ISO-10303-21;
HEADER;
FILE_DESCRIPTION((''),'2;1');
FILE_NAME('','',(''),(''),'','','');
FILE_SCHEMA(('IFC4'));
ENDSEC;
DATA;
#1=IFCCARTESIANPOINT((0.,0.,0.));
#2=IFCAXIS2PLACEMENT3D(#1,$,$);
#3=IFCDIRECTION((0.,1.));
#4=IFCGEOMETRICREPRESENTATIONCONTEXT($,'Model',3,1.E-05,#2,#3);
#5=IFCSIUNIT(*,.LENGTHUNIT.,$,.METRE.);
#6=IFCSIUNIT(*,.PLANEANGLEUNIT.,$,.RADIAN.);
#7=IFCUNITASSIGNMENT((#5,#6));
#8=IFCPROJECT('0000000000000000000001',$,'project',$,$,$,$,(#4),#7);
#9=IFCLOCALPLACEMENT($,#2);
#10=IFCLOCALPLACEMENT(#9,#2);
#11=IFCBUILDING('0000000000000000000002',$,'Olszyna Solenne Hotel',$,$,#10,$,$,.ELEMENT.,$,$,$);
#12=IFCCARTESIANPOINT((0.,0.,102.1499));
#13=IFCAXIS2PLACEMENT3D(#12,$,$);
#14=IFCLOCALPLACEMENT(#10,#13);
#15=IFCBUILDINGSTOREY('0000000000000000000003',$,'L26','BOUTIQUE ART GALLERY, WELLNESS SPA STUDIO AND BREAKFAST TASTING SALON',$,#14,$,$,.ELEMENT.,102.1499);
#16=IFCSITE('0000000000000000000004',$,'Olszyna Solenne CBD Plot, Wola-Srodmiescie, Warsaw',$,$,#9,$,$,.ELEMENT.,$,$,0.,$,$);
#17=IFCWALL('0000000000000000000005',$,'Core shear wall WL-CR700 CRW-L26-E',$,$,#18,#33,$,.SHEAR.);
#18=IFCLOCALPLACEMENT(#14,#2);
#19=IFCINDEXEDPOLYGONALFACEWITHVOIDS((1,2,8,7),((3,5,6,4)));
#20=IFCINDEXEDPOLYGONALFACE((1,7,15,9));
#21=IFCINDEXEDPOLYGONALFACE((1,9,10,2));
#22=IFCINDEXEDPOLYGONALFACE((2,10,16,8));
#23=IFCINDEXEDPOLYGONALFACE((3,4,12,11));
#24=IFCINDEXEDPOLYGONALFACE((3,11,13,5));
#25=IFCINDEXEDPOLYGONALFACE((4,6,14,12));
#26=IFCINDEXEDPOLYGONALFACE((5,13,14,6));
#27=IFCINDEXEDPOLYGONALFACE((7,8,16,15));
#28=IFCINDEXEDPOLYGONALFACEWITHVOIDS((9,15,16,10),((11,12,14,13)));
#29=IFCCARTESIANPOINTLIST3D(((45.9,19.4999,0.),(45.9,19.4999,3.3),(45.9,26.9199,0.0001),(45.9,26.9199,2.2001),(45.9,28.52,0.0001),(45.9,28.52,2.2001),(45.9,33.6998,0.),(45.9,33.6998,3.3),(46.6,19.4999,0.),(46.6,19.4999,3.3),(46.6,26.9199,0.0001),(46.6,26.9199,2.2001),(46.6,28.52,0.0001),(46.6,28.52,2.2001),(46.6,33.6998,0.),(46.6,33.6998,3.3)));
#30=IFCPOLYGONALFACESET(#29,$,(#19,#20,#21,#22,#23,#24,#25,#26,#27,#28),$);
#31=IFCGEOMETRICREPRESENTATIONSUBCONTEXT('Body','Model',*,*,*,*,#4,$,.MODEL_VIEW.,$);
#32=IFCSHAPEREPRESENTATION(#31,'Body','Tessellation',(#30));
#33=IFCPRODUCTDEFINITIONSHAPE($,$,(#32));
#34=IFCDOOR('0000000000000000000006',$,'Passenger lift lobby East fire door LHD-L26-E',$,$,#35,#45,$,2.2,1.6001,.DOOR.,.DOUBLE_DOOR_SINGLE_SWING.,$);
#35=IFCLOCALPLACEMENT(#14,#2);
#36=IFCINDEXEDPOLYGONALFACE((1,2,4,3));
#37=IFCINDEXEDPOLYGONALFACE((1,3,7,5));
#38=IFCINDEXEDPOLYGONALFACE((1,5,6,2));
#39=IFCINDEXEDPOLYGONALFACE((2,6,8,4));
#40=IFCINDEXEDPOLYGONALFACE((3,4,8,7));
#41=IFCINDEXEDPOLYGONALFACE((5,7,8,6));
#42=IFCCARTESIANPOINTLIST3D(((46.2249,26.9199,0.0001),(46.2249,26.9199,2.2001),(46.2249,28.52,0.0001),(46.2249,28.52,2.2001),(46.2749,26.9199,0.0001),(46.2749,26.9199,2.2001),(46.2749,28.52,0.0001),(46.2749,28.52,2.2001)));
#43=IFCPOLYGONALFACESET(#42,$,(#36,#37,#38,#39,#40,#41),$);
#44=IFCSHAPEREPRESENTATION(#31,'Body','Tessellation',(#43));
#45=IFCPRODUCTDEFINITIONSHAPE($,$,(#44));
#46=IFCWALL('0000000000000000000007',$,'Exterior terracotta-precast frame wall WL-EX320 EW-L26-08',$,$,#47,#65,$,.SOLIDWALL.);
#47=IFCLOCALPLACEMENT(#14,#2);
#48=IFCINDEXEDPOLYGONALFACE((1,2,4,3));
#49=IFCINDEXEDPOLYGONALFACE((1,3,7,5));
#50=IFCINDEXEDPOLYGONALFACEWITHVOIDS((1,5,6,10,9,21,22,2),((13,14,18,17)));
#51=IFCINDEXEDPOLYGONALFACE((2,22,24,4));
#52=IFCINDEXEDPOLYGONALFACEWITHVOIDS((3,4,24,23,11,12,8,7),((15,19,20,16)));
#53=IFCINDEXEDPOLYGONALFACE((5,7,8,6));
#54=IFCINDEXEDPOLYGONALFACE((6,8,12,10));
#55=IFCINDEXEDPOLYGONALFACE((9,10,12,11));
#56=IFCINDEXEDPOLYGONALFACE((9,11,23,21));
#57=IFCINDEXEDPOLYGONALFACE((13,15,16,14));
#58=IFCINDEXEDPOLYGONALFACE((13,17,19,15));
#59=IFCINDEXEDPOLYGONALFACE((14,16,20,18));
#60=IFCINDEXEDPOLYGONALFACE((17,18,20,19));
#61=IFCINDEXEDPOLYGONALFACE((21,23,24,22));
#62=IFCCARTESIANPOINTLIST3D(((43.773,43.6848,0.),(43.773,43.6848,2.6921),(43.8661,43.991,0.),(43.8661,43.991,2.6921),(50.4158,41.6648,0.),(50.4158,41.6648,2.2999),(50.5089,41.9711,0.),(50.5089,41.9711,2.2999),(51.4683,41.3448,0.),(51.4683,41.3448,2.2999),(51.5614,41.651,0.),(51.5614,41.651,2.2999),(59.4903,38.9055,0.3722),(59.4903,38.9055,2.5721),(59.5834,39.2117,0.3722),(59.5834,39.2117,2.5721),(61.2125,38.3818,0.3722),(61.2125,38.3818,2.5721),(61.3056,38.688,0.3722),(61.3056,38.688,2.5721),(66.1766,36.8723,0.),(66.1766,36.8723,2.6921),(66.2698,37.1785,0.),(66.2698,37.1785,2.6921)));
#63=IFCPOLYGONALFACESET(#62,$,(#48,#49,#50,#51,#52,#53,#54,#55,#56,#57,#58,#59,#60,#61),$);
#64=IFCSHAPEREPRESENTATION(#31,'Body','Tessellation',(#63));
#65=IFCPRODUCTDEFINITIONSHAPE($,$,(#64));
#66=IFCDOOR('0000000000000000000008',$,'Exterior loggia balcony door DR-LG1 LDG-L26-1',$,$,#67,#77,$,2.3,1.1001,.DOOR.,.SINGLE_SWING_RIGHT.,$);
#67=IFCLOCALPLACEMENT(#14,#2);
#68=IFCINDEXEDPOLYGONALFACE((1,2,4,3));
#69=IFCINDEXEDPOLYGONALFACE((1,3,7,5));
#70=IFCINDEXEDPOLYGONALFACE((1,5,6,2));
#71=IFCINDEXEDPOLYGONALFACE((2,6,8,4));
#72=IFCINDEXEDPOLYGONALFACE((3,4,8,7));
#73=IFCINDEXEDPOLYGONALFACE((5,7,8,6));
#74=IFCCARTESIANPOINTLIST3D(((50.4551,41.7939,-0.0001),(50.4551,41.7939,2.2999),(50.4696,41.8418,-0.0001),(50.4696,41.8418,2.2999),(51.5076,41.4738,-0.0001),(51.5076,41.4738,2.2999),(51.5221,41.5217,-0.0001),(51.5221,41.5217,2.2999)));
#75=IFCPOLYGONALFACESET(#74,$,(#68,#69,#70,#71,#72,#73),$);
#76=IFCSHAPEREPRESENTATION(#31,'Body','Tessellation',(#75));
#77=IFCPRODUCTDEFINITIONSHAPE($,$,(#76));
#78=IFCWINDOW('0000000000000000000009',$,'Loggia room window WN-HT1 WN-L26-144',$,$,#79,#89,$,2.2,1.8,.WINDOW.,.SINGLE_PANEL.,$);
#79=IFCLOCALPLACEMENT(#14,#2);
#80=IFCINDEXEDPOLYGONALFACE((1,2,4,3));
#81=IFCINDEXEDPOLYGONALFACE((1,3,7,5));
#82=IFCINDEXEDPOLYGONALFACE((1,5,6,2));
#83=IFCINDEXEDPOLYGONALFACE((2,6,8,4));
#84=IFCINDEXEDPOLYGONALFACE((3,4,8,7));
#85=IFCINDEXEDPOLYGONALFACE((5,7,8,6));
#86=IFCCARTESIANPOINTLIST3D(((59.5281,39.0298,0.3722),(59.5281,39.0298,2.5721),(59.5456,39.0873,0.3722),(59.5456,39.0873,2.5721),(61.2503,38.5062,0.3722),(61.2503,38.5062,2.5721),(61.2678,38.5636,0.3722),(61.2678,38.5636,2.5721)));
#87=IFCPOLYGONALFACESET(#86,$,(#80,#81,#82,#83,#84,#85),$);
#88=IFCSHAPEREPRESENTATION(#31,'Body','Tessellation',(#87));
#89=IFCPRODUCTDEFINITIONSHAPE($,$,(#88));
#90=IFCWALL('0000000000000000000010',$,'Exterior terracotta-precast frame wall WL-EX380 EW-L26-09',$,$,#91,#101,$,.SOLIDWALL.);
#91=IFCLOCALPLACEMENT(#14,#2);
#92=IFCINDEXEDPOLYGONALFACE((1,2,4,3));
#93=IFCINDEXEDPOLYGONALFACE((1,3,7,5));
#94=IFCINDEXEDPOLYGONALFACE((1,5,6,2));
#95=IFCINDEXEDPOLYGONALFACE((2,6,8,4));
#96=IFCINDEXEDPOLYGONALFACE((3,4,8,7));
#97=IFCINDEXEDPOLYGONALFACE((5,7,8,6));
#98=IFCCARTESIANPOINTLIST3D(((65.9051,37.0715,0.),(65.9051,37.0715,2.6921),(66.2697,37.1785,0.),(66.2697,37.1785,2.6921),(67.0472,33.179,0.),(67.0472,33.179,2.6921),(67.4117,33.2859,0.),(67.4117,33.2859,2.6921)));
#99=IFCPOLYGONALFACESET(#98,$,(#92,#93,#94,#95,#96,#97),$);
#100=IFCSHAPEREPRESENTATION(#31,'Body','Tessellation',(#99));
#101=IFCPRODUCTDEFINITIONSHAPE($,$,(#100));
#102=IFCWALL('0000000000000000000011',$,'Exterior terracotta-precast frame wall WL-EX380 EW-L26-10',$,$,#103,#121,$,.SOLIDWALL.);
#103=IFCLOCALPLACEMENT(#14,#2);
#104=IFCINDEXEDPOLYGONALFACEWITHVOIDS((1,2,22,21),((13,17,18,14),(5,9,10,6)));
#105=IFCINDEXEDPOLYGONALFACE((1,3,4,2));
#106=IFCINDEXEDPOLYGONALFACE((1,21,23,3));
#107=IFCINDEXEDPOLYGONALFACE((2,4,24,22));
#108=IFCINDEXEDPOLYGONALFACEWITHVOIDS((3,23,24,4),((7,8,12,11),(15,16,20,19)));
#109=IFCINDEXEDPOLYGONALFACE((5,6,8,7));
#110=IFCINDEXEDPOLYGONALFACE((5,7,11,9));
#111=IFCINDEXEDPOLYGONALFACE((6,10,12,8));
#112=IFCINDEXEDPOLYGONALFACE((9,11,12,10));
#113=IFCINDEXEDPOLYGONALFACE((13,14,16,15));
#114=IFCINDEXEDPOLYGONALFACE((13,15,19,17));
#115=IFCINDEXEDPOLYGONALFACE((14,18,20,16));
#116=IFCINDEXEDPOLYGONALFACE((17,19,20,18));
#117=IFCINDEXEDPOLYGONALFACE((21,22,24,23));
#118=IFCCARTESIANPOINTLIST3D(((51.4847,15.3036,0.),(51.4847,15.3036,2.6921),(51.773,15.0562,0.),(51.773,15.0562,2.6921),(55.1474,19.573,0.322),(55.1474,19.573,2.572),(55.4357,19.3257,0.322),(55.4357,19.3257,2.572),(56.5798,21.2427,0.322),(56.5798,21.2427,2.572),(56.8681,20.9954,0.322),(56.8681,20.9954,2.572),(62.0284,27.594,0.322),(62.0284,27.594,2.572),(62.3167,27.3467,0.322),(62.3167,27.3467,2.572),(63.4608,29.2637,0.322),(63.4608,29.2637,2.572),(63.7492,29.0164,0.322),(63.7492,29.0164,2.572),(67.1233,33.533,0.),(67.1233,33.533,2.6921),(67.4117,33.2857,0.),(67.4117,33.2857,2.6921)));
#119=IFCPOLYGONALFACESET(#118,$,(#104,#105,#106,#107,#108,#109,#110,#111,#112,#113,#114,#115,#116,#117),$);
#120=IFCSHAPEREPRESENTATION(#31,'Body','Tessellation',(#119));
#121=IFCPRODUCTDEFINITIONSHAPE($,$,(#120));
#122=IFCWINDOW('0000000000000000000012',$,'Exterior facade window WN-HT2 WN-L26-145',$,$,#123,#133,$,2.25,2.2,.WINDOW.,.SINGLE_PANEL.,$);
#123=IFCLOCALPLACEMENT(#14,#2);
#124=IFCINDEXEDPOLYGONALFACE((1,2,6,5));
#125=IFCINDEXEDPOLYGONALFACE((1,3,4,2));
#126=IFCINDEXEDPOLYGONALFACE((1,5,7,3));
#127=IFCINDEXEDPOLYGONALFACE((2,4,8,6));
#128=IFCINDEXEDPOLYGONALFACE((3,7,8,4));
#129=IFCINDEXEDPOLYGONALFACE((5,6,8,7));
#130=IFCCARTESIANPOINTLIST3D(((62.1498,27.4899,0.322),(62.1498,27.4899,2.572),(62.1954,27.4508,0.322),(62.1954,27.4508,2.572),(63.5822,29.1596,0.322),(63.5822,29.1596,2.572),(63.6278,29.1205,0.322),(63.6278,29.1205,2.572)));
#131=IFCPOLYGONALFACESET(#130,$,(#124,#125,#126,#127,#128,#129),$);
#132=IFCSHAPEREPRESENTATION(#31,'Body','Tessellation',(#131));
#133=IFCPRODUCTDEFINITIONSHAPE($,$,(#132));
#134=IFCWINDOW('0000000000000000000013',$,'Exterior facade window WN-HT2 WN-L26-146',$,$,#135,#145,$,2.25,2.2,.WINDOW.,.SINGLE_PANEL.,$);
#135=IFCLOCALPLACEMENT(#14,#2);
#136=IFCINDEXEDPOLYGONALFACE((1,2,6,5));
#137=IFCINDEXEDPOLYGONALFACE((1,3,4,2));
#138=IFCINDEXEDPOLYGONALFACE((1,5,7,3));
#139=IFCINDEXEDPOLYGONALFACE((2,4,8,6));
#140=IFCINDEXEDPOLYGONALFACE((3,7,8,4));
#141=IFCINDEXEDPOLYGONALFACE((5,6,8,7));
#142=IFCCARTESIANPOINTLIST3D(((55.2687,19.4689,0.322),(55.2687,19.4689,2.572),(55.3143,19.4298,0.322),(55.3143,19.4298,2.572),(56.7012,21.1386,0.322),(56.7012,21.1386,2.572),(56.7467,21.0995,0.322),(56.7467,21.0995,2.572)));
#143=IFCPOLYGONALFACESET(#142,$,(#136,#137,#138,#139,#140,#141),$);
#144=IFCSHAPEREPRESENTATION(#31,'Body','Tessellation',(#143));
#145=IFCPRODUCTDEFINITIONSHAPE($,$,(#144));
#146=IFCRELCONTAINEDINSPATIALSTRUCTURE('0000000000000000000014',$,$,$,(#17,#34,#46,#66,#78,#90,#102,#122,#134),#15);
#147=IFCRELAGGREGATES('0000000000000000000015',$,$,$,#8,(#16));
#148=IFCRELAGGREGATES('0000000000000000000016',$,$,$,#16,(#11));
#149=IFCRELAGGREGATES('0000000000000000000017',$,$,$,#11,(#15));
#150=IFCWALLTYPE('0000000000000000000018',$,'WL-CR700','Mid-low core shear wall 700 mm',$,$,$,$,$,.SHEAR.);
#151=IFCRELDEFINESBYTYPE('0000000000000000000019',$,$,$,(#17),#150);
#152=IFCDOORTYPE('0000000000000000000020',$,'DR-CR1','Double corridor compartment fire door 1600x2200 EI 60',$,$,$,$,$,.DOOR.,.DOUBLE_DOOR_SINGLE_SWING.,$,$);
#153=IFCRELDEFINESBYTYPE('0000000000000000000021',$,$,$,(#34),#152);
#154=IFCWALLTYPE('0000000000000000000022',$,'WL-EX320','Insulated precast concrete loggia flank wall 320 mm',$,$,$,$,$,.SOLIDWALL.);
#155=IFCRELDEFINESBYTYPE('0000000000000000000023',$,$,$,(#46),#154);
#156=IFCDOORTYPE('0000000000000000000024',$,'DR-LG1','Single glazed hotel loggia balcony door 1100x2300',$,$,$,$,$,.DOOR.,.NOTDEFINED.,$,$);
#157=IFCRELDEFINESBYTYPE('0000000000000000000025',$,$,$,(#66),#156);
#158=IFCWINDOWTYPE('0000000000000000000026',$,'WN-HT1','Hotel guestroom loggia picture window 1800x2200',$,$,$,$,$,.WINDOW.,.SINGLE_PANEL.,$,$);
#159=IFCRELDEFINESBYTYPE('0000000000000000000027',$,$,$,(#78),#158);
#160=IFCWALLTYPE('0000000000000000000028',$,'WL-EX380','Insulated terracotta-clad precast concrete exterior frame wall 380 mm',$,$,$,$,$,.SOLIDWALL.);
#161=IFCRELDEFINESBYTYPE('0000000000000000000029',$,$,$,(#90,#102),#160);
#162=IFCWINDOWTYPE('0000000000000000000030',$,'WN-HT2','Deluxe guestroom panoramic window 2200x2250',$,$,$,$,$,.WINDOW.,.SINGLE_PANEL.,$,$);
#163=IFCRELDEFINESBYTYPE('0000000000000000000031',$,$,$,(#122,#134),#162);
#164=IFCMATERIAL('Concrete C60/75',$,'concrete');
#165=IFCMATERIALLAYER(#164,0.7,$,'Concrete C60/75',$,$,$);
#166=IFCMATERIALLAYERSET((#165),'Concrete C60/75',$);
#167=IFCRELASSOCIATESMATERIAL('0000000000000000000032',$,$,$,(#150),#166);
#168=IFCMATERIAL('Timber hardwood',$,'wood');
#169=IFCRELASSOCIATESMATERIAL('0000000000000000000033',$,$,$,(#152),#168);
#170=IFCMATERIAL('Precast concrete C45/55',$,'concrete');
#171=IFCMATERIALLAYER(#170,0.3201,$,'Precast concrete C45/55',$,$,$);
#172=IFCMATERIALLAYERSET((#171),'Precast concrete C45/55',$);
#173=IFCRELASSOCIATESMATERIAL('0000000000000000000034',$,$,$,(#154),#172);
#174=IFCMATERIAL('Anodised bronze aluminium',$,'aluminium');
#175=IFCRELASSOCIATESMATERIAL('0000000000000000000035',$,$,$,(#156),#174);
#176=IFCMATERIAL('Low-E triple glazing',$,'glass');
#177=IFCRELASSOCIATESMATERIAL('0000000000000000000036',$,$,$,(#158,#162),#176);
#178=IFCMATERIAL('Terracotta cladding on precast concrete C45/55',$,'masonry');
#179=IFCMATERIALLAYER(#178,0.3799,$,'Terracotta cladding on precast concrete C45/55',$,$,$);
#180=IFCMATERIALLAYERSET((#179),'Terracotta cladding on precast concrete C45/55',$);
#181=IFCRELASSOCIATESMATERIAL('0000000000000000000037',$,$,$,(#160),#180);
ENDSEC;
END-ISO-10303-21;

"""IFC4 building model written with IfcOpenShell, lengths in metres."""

from ifc_helpers import new_model, si_unit, direction, frame, frame_2d, origin, place, context, subcontext, project, spatial, rectangle, extrude, source, transform, mapped, material, layer, layer_set, type_object, type_shapes, element, fill, save


model = new_model("IFC4")

# Units and contexts
model_context = context("Model", 3, precision=1e-05, world=origin(), true_north=direction((0.0, 1.0)))
body_context = subcontext(model_context, "Body", "Model", "MODEL_VIEW")
ifc_project = project(units=[si_unit("LENGTHUNIT", "METRE"), si_unit("PLANEANGLEUNIT", "RADIAN")], contexts=[model_context])

# Site, building, storey
site_placement = place(None, origin())
site = spatial("IfcSite", under=ifc_project, at=site_placement, Name="Olszyna Solenne CBD Plot, Wola-Srodmiescie, Warsaw", CompositionType="ELEMENT", RefElevation=0.0)
building_placement = place(site_placement, origin())
building = spatial("IfcBuilding", under=site, at=building_placement, Name="Olszyna Solenne Hotel", CompositionType="ELEMENT")
storey_placement = place(building_placement, frame((0.0, 0.0, 102.1499)))
storey = spatial("IfcBuildingStorey", under=building, at=storey_placement, Name="L26", Description="BOUTIQUE ART GALLERY, WELLNESS SPA STUDIO AND BREAKFAST TASTING SALON", CompositionType="ELEMENT", Elevation=102.1499)

# Wall, opening, door
ifc_material_1 = material(Name="Concrete C60/75", Category="concrete")
ifc_layer_1 = layer(ifc_material_1, 0.7, Name="Concrete C60/75")
ifc_layer_set_1 = layer_set([ifc_layer_1], Name="Concrete C60/75")
wall_type_1 = type_object("IfcWallType", Name="WL-CR700", Description="Mid-low core shear wall 700 mm", PredefinedType="SHEAR", material=ifc_layer_set_1)
wall_1_placement = place(storey_placement, frame((46.25, 33.7, 0.0), z_axis=(0.0, 0.0, 1.0), x_axis=(0.0, -1.0, 0.0)))
wall_1 = element("IfcWall", 1, at=wall_1_placement, inside=storey, type_object=wall_type_1, Name="Core shear wall WL-CR700 CRW-L26-E", PredefinedType="SHEAR", context=body_context, shape_type="SweptSolid", body=[
    extrude(rectangle(XDim=14.2, YDim=0.7, at=frame_2d((7.1001, 0.0))), origin(), (0.0, 0.0, 1.0), 3.3),
])
opening_1_placement = place(wall_1_placement, frame((5.1799, 0.0, 0.0)))
opening_1 = element("IfcOpeningElement", 2, at=opening_1_placement, cuts=wall_1, PredefinedType="OPENING", context=body_context, shape_type="SweptSolid", body=[
    extrude(rectangle(XDim=1.6001, YDim=2.2, at=frame_2d((0.8, 1.1001))), frame((0.0, 0.3599, 0.0), z_axis=(0.0, -1.0, 0.0), x_axis=(1.0, 0.0, 0.0)), (0.0, 0.0, 1.0), 0.72),
])
ifc_material_2 = material(Name="Timber hardwood", Category="wood")
door_type_1 = type_object("IfcDoorType", Name="DR-CR1", Description="Double corridor compartment fire door 1600x2200 EI 60", OperationType="DOUBLE_DOOR_SINGLE_SWING", PredefinedType="DOOR", material=ifc_material_2)
shared_shape_1 = source(origin(), body_context, "Body", "SweptSolid", [
    extrude(rectangle(XDim=1.6001, YDim=2.2, at=frame_2d((0.8, 1.1001))), frame((0.0, 0.0249, 0.0), z_axis=(0.0, -1.0, 0.0), x_axis=(1.0, 0.0, 0.0)), (0.0, 0.0, 1.0), 0.05),
])
type_shapes(door_type_1, [shared_shape_1])
door_1_placement = place(opening_1_placement, origin())
door_1 = element("IfcDoor", 3, at=door_1_placement, inside=storey, type_object=door_type_1, Name="Passenger lift lobby East fire door LHD-L26-E", OperationType="DOUBLE_DOOR_SINGLE_SWING", OverallHeight=2.2, OverallWidth=1.6001, PredefinedType="DOOR", context=body_context, shape_type="MappedRepresentation", body=[
    mapped(shared_shape_1, transform((0.0, 0.0, 0.0), x_axis=(1.0, 0.0, 0.0), y_axis=(0.0, 1.0, 0.0), z_axis=(0.0, 0.0, 1.0), scale=1.0)),
])
fill(opening_1, door_1)

# Wall, openings, door, window
ifc_material_3 = material(Name="Precast concrete C45/55", Category="concrete")
ifc_layer_2 = layer(ifc_material_3, 0.3201, Name="Precast concrete C45/55")
ifc_layer_set_2 = layer_set([ifc_layer_2], Name="Precast concrete C45/55")
wall_type_2 = type_object("IfcWallType", Name="WL-EX320", Description="Insulated precast concrete loggia flank wall 320 mm", PredefinedType="SOLIDWALL", material=ifc_layer_set_2)
wall_2_placement = place(storey_placement, frame((43.8196, 43.8379, 0.0), z_axis=(0.0, 0.0, 1.0), x_axis=(0.956745, -0.290928, 0.0)))
wall_2 = element("IfcWall", 4, at=wall_2_placement, inside=storey, type_object=wall_type_2, Name="Exterior terracotta-precast frame wall WL-EX320 EW-L26-08", PredefinedType="SOLIDWALL", context=body_context, shape_type="SweptSolid", body=[
    extrude(rectangle(XDim=23.4165, YDim=0.3201, at=frame_2d((11.7083, 0.0))), origin(), (0.0, 0.0, 1.0), 2.6921),
])
opening_2_placement = place(wall_2_placement, frame((6.9431, 0.0, 0.0)))
opening_2 = element("IfcOpeningElement", 5, at=opening_2_placement, cuts=wall_2, PredefinedType="OPENING", context=body_context, shape_type="SweptSolid", body=[
    extrude(rectangle(XDim=1.1001, YDim=2.3, at=frame_2d((0.55, 1.1499))), frame((0.0, 0.1699, 0.0), z_axis=(0.0, -1.0, 0.0), x_axis=(1.0, 0.0, 0.0)), (0.0, 0.0, 1.0), 0.3401),
])
opening_3_placement = place(wall_2_placement, frame((16.428, 0.0, 0.3721)))
opening_3 = element("IfcOpeningElement", 6, at=opening_3_placement, cuts=wall_2, PredefinedType="OPENING", context=body_context, shape_type="SweptSolid", body=[
    extrude(rectangle(XDim=1.8, YDim=2.2, at=frame_2d((0.8999, 1.1001))), frame((0.0, 0.1699, 0.0), z_axis=(0.0, -1.0, 0.0), x_axis=(1.0, 0.0, 0.0)), (0.0, 0.0, 1.0), 0.3401),
])
ifc_material_4 = material(Name="Anodised bronze aluminium", Category="aluminium")
door_type_2 = type_object("IfcDoorType", Name="DR-LG1", Description="Single glazed hotel loggia balcony door 1100x2300", OperationType="NOTDEFINED", PredefinedType="DOOR", material=ifc_material_4)
shared_shape_2 = source(origin(), body_context, "Body", "SweptSolid", [
    extrude(rectangle(XDim=1.1001, YDim=2.3, at=frame_2d((0.55, 1.1499))), frame((0.0, 0.0249, 0.0), z_axis=(0.0, -1.0, 0.0), x_axis=(1.0, 0.0, 0.0)), (0.0, 0.0, 1.0), 0.05),
])
type_shapes(door_type_2, [shared_shape_2])
door_2_placement = place(opening_2_placement, origin())
door_2 = element("IfcDoor", 7, at=door_2_placement, inside=storey, type_object=door_type_2, Name="Exterior loggia balcony door DR-LG1 LDG-L26-1", OperationType="SINGLE_SWING_RIGHT", OverallHeight=2.3, OverallWidth=1.1001, PredefinedType="DOOR", context=body_context, shape_type="MappedRepresentation", body=[
    mapped(shared_shape_2, transform((0.0, 0.0, 0.0), x_axis=(1.0, 0.0, 0.0), y_axis=(0.0, 1.0, 0.0), z_axis=(0.0, 0.0, 1.0), scale=1.0)),
])
fill(opening_2, door_2)
ifc_material_5 = material(Name="Low-E triple glazing", Category="glass")
window_type_1 = type_object("IfcWindowType", Name="WN-HT1", Description="Hotel guestroom loggia picture window 1800x2200", PartitioningType="SINGLE_PANEL", PredefinedType="WINDOW", material=ifc_material_5)
shared_shape_3 = source(origin(), body_context, "Body", "SweptSolid", [
    extrude(rectangle(XDim=1.8, YDim=2.2, at=frame_2d((0.8999, 1.1001))), frame((0.0, 0.03, 0.0), z_axis=(0.0, -1.0, 0.0), x_axis=(1.0, 0.0, 0.0)), (0.0, 0.0, 1.0), 0.0601),
])
type_shapes(window_type_1, [shared_shape_3])
window_1_placement = place(opening_3_placement, origin())
window_1 = element("IfcWindow", 8, at=window_1_placement, inside=storey, type_object=window_type_1, Name="Loggia room window WN-HT1 WN-L26-144", OverallHeight=2.2, OverallWidth=1.8, PartitioningType="SINGLE_PANEL", PredefinedType="WINDOW", context=body_context, shape_type="MappedRepresentation", body=[
    mapped(shared_shape_3, transform((0.0, 0.0, 0.0), x_axis=(1.0, 0.0, 0.0), y_axis=(0.0, 1.0, 0.0), z_axis=(0.0, 0.0, 1.0), scale=1.0)),
])
fill(opening_3, window_1)

# Wall
ifc_material_6 = material(Name="Terracotta cladding on precast concrete C45/55", Category="masonry")
ifc_layer_3 = layer(ifc_material_6, 0.3799, Name="Terracotta cladding on precast concrete C45/55")
ifc_layer_set_3 = layer_set([ifc_layer_3], Name="Terracotta cladding on precast concrete C45/55")
wall_type_3 = type_object("IfcWallType", Name="WL-EX380", Description="Insulated terracotta-clad precast concrete exterior frame wall 380 mm", PredefinedType="SOLIDWALL", material=ifc_layer_set_3)
wall_3_placement = place(storey_placement, frame((66.0874, 37.125, 0.0), z_axis=(0.0, 0.0, 1.0), x_axis=(0.281534, -0.959551, 0.0)))
element("IfcWall", 9, at=wall_3_placement, inside=storey, type_object=wall_type_3, Name="Exterior terracotta-precast frame wall WL-EX380 EW-L26-09", PredefinedType="SOLIDWALL", context=body_context, shape_type="SweptSolid", body=[
    extrude(rectangle(XDim=4.0566, YDim=0.3799, at=frame_2d((2.0283, 0.0))), origin(), (0.0, 0.0, 1.0), 2.6921),
])

# Wall, openings, windows
wall_4_placement = place(storey_placement, frame((67.2676, 33.4094, 0.0), z_axis=(0.0, 0.0, 1.0), x_axis=(-0.651113, -0.758981, 0.0)))
wall_4 = element("IfcWall", 10, at=wall_4_placement, inside=storey, type_object=wall_type_3, Name="Exterior terracotta-precast frame wall WL-EX380 EW-L26-10", PredefinedType="SOLIDWALL", context=body_context, shape_type="SweptSolid", body=[
    extrude(rectangle(XDim=24.0183, YDim=0.3799, at=frame_2d((12.0093, 0.0))), origin(), (0.0, 0.0, 1.0), 2.6921),
])
opening_4_placement = place(wall_4_placement, frame((5.625, 0.0, 0.322)))
opening_4 = element("IfcOpeningElement", 11, at=opening_4_placement, cuts=wall_4, PredefinedType="OPENING", context=body_context, shape_type="SweptSolid", body=[
    extrude(rectangle(XDim=2.2, YDim=2.25, at=frame_2d((1.1001, 1.125))), frame((0.0, 0.2, 0.0), z_axis=(0.0, -1.0, 0.0), x_axis=(1.0, 0.0, 0.0)), (0.0, 0.0, 1.0), 0.3999),
])
opening_5_placement = place(wall_4_placement, frame((16.1931, 0.0, 0.322)))
opening_5 = element("IfcOpeningElement", 12, at=opening_5_placement, cuts=wall_4, PredefinedType="OPENING", context=body_context, shape_type="SweptSolid", body=[
    extrude(rectangle(XDim=2.2, YDim=2.25, at=frame_2d((1.1001, 1.125))), frame((0.0, 0.2, 0.0), z_axis=(0.0, -1.0, 0.0), x_axis=(1.0, 0.0, 0.0)), (0.0, 0.0, 1.0), 0.3999),
])
window_type_2 = type_object("IfcWindowType", Name="WN-HT2", Description="Deluxe guestroom panoramic window 2200x2250", PartitioningType="SINGLE_PANEL", PredefinedType="WINDOW", material=ifc_material_5)
shared_shape_4 = source(origin(), body_context, "Body", "SweptSolid", [
    extrude(rectangle(XDim=2.2, YDim=2.25, at=frame_2d((1.1001, 1.125))), frame((0.0, 0.03, 0.0), z_axis=(0.0, -1.0, 0.0), x_axis=(1.0, 0.0, 0.0)), (0.0, 0.0, 1.0), 0.0601),
])
type_shapes(window_type_2, [shared_shape_4])
window_2_placement = place(opening_4_placement, origin())
window_2 = element("IfcWindow", 13, at=window_2_placement, inside=storey, type_object=window_type_2, Name="Exterior facade window WN-HT2 WN-L26-145", OverallHeight=2.25, OverallWidth=2.2, PartitioningType="SINGLE_PANEL", PredefinedType="WINDOW", context=body_context, shape_type="MappedRepresentation", body=[
    mapped(shared_shape_4, transform((0.0, 0.0, 0.0), x_axis=(1.0, 0.0, 0.0), y_axis=(0.0, 1.0, 0.0), z_axis=(0.0, 0.0, 1.0), scale=1.0)),
])
fill(opening_4, window_2)
window_3_placement = place(opening_5_placement, origin())
window_3 = element("IfcWindow", 14, at=window_3_placement, inside=storey, type_object=window_type_2, Name="Exterior facade window WN-HT2 WN-L26-146", OverallHeight=2.25, OverallWidth=2.2, PartitioningType="SINGLE_PANEL", PredefinedType="WINDOW", context=body_context, shape_type="MappedRepresentation", body=[
    mapped(shared_shape_4, transform((0.0, 0.0, 0.0), x_axis=(1.0, 0.0, 0.0), y_axis=(0.0, 1.0, 0.0), z_axis=(0.0, 0.0, 1.0), scale=1.0)),
])
fill(opening_5, window_3)

save(model, "model.ifc")
